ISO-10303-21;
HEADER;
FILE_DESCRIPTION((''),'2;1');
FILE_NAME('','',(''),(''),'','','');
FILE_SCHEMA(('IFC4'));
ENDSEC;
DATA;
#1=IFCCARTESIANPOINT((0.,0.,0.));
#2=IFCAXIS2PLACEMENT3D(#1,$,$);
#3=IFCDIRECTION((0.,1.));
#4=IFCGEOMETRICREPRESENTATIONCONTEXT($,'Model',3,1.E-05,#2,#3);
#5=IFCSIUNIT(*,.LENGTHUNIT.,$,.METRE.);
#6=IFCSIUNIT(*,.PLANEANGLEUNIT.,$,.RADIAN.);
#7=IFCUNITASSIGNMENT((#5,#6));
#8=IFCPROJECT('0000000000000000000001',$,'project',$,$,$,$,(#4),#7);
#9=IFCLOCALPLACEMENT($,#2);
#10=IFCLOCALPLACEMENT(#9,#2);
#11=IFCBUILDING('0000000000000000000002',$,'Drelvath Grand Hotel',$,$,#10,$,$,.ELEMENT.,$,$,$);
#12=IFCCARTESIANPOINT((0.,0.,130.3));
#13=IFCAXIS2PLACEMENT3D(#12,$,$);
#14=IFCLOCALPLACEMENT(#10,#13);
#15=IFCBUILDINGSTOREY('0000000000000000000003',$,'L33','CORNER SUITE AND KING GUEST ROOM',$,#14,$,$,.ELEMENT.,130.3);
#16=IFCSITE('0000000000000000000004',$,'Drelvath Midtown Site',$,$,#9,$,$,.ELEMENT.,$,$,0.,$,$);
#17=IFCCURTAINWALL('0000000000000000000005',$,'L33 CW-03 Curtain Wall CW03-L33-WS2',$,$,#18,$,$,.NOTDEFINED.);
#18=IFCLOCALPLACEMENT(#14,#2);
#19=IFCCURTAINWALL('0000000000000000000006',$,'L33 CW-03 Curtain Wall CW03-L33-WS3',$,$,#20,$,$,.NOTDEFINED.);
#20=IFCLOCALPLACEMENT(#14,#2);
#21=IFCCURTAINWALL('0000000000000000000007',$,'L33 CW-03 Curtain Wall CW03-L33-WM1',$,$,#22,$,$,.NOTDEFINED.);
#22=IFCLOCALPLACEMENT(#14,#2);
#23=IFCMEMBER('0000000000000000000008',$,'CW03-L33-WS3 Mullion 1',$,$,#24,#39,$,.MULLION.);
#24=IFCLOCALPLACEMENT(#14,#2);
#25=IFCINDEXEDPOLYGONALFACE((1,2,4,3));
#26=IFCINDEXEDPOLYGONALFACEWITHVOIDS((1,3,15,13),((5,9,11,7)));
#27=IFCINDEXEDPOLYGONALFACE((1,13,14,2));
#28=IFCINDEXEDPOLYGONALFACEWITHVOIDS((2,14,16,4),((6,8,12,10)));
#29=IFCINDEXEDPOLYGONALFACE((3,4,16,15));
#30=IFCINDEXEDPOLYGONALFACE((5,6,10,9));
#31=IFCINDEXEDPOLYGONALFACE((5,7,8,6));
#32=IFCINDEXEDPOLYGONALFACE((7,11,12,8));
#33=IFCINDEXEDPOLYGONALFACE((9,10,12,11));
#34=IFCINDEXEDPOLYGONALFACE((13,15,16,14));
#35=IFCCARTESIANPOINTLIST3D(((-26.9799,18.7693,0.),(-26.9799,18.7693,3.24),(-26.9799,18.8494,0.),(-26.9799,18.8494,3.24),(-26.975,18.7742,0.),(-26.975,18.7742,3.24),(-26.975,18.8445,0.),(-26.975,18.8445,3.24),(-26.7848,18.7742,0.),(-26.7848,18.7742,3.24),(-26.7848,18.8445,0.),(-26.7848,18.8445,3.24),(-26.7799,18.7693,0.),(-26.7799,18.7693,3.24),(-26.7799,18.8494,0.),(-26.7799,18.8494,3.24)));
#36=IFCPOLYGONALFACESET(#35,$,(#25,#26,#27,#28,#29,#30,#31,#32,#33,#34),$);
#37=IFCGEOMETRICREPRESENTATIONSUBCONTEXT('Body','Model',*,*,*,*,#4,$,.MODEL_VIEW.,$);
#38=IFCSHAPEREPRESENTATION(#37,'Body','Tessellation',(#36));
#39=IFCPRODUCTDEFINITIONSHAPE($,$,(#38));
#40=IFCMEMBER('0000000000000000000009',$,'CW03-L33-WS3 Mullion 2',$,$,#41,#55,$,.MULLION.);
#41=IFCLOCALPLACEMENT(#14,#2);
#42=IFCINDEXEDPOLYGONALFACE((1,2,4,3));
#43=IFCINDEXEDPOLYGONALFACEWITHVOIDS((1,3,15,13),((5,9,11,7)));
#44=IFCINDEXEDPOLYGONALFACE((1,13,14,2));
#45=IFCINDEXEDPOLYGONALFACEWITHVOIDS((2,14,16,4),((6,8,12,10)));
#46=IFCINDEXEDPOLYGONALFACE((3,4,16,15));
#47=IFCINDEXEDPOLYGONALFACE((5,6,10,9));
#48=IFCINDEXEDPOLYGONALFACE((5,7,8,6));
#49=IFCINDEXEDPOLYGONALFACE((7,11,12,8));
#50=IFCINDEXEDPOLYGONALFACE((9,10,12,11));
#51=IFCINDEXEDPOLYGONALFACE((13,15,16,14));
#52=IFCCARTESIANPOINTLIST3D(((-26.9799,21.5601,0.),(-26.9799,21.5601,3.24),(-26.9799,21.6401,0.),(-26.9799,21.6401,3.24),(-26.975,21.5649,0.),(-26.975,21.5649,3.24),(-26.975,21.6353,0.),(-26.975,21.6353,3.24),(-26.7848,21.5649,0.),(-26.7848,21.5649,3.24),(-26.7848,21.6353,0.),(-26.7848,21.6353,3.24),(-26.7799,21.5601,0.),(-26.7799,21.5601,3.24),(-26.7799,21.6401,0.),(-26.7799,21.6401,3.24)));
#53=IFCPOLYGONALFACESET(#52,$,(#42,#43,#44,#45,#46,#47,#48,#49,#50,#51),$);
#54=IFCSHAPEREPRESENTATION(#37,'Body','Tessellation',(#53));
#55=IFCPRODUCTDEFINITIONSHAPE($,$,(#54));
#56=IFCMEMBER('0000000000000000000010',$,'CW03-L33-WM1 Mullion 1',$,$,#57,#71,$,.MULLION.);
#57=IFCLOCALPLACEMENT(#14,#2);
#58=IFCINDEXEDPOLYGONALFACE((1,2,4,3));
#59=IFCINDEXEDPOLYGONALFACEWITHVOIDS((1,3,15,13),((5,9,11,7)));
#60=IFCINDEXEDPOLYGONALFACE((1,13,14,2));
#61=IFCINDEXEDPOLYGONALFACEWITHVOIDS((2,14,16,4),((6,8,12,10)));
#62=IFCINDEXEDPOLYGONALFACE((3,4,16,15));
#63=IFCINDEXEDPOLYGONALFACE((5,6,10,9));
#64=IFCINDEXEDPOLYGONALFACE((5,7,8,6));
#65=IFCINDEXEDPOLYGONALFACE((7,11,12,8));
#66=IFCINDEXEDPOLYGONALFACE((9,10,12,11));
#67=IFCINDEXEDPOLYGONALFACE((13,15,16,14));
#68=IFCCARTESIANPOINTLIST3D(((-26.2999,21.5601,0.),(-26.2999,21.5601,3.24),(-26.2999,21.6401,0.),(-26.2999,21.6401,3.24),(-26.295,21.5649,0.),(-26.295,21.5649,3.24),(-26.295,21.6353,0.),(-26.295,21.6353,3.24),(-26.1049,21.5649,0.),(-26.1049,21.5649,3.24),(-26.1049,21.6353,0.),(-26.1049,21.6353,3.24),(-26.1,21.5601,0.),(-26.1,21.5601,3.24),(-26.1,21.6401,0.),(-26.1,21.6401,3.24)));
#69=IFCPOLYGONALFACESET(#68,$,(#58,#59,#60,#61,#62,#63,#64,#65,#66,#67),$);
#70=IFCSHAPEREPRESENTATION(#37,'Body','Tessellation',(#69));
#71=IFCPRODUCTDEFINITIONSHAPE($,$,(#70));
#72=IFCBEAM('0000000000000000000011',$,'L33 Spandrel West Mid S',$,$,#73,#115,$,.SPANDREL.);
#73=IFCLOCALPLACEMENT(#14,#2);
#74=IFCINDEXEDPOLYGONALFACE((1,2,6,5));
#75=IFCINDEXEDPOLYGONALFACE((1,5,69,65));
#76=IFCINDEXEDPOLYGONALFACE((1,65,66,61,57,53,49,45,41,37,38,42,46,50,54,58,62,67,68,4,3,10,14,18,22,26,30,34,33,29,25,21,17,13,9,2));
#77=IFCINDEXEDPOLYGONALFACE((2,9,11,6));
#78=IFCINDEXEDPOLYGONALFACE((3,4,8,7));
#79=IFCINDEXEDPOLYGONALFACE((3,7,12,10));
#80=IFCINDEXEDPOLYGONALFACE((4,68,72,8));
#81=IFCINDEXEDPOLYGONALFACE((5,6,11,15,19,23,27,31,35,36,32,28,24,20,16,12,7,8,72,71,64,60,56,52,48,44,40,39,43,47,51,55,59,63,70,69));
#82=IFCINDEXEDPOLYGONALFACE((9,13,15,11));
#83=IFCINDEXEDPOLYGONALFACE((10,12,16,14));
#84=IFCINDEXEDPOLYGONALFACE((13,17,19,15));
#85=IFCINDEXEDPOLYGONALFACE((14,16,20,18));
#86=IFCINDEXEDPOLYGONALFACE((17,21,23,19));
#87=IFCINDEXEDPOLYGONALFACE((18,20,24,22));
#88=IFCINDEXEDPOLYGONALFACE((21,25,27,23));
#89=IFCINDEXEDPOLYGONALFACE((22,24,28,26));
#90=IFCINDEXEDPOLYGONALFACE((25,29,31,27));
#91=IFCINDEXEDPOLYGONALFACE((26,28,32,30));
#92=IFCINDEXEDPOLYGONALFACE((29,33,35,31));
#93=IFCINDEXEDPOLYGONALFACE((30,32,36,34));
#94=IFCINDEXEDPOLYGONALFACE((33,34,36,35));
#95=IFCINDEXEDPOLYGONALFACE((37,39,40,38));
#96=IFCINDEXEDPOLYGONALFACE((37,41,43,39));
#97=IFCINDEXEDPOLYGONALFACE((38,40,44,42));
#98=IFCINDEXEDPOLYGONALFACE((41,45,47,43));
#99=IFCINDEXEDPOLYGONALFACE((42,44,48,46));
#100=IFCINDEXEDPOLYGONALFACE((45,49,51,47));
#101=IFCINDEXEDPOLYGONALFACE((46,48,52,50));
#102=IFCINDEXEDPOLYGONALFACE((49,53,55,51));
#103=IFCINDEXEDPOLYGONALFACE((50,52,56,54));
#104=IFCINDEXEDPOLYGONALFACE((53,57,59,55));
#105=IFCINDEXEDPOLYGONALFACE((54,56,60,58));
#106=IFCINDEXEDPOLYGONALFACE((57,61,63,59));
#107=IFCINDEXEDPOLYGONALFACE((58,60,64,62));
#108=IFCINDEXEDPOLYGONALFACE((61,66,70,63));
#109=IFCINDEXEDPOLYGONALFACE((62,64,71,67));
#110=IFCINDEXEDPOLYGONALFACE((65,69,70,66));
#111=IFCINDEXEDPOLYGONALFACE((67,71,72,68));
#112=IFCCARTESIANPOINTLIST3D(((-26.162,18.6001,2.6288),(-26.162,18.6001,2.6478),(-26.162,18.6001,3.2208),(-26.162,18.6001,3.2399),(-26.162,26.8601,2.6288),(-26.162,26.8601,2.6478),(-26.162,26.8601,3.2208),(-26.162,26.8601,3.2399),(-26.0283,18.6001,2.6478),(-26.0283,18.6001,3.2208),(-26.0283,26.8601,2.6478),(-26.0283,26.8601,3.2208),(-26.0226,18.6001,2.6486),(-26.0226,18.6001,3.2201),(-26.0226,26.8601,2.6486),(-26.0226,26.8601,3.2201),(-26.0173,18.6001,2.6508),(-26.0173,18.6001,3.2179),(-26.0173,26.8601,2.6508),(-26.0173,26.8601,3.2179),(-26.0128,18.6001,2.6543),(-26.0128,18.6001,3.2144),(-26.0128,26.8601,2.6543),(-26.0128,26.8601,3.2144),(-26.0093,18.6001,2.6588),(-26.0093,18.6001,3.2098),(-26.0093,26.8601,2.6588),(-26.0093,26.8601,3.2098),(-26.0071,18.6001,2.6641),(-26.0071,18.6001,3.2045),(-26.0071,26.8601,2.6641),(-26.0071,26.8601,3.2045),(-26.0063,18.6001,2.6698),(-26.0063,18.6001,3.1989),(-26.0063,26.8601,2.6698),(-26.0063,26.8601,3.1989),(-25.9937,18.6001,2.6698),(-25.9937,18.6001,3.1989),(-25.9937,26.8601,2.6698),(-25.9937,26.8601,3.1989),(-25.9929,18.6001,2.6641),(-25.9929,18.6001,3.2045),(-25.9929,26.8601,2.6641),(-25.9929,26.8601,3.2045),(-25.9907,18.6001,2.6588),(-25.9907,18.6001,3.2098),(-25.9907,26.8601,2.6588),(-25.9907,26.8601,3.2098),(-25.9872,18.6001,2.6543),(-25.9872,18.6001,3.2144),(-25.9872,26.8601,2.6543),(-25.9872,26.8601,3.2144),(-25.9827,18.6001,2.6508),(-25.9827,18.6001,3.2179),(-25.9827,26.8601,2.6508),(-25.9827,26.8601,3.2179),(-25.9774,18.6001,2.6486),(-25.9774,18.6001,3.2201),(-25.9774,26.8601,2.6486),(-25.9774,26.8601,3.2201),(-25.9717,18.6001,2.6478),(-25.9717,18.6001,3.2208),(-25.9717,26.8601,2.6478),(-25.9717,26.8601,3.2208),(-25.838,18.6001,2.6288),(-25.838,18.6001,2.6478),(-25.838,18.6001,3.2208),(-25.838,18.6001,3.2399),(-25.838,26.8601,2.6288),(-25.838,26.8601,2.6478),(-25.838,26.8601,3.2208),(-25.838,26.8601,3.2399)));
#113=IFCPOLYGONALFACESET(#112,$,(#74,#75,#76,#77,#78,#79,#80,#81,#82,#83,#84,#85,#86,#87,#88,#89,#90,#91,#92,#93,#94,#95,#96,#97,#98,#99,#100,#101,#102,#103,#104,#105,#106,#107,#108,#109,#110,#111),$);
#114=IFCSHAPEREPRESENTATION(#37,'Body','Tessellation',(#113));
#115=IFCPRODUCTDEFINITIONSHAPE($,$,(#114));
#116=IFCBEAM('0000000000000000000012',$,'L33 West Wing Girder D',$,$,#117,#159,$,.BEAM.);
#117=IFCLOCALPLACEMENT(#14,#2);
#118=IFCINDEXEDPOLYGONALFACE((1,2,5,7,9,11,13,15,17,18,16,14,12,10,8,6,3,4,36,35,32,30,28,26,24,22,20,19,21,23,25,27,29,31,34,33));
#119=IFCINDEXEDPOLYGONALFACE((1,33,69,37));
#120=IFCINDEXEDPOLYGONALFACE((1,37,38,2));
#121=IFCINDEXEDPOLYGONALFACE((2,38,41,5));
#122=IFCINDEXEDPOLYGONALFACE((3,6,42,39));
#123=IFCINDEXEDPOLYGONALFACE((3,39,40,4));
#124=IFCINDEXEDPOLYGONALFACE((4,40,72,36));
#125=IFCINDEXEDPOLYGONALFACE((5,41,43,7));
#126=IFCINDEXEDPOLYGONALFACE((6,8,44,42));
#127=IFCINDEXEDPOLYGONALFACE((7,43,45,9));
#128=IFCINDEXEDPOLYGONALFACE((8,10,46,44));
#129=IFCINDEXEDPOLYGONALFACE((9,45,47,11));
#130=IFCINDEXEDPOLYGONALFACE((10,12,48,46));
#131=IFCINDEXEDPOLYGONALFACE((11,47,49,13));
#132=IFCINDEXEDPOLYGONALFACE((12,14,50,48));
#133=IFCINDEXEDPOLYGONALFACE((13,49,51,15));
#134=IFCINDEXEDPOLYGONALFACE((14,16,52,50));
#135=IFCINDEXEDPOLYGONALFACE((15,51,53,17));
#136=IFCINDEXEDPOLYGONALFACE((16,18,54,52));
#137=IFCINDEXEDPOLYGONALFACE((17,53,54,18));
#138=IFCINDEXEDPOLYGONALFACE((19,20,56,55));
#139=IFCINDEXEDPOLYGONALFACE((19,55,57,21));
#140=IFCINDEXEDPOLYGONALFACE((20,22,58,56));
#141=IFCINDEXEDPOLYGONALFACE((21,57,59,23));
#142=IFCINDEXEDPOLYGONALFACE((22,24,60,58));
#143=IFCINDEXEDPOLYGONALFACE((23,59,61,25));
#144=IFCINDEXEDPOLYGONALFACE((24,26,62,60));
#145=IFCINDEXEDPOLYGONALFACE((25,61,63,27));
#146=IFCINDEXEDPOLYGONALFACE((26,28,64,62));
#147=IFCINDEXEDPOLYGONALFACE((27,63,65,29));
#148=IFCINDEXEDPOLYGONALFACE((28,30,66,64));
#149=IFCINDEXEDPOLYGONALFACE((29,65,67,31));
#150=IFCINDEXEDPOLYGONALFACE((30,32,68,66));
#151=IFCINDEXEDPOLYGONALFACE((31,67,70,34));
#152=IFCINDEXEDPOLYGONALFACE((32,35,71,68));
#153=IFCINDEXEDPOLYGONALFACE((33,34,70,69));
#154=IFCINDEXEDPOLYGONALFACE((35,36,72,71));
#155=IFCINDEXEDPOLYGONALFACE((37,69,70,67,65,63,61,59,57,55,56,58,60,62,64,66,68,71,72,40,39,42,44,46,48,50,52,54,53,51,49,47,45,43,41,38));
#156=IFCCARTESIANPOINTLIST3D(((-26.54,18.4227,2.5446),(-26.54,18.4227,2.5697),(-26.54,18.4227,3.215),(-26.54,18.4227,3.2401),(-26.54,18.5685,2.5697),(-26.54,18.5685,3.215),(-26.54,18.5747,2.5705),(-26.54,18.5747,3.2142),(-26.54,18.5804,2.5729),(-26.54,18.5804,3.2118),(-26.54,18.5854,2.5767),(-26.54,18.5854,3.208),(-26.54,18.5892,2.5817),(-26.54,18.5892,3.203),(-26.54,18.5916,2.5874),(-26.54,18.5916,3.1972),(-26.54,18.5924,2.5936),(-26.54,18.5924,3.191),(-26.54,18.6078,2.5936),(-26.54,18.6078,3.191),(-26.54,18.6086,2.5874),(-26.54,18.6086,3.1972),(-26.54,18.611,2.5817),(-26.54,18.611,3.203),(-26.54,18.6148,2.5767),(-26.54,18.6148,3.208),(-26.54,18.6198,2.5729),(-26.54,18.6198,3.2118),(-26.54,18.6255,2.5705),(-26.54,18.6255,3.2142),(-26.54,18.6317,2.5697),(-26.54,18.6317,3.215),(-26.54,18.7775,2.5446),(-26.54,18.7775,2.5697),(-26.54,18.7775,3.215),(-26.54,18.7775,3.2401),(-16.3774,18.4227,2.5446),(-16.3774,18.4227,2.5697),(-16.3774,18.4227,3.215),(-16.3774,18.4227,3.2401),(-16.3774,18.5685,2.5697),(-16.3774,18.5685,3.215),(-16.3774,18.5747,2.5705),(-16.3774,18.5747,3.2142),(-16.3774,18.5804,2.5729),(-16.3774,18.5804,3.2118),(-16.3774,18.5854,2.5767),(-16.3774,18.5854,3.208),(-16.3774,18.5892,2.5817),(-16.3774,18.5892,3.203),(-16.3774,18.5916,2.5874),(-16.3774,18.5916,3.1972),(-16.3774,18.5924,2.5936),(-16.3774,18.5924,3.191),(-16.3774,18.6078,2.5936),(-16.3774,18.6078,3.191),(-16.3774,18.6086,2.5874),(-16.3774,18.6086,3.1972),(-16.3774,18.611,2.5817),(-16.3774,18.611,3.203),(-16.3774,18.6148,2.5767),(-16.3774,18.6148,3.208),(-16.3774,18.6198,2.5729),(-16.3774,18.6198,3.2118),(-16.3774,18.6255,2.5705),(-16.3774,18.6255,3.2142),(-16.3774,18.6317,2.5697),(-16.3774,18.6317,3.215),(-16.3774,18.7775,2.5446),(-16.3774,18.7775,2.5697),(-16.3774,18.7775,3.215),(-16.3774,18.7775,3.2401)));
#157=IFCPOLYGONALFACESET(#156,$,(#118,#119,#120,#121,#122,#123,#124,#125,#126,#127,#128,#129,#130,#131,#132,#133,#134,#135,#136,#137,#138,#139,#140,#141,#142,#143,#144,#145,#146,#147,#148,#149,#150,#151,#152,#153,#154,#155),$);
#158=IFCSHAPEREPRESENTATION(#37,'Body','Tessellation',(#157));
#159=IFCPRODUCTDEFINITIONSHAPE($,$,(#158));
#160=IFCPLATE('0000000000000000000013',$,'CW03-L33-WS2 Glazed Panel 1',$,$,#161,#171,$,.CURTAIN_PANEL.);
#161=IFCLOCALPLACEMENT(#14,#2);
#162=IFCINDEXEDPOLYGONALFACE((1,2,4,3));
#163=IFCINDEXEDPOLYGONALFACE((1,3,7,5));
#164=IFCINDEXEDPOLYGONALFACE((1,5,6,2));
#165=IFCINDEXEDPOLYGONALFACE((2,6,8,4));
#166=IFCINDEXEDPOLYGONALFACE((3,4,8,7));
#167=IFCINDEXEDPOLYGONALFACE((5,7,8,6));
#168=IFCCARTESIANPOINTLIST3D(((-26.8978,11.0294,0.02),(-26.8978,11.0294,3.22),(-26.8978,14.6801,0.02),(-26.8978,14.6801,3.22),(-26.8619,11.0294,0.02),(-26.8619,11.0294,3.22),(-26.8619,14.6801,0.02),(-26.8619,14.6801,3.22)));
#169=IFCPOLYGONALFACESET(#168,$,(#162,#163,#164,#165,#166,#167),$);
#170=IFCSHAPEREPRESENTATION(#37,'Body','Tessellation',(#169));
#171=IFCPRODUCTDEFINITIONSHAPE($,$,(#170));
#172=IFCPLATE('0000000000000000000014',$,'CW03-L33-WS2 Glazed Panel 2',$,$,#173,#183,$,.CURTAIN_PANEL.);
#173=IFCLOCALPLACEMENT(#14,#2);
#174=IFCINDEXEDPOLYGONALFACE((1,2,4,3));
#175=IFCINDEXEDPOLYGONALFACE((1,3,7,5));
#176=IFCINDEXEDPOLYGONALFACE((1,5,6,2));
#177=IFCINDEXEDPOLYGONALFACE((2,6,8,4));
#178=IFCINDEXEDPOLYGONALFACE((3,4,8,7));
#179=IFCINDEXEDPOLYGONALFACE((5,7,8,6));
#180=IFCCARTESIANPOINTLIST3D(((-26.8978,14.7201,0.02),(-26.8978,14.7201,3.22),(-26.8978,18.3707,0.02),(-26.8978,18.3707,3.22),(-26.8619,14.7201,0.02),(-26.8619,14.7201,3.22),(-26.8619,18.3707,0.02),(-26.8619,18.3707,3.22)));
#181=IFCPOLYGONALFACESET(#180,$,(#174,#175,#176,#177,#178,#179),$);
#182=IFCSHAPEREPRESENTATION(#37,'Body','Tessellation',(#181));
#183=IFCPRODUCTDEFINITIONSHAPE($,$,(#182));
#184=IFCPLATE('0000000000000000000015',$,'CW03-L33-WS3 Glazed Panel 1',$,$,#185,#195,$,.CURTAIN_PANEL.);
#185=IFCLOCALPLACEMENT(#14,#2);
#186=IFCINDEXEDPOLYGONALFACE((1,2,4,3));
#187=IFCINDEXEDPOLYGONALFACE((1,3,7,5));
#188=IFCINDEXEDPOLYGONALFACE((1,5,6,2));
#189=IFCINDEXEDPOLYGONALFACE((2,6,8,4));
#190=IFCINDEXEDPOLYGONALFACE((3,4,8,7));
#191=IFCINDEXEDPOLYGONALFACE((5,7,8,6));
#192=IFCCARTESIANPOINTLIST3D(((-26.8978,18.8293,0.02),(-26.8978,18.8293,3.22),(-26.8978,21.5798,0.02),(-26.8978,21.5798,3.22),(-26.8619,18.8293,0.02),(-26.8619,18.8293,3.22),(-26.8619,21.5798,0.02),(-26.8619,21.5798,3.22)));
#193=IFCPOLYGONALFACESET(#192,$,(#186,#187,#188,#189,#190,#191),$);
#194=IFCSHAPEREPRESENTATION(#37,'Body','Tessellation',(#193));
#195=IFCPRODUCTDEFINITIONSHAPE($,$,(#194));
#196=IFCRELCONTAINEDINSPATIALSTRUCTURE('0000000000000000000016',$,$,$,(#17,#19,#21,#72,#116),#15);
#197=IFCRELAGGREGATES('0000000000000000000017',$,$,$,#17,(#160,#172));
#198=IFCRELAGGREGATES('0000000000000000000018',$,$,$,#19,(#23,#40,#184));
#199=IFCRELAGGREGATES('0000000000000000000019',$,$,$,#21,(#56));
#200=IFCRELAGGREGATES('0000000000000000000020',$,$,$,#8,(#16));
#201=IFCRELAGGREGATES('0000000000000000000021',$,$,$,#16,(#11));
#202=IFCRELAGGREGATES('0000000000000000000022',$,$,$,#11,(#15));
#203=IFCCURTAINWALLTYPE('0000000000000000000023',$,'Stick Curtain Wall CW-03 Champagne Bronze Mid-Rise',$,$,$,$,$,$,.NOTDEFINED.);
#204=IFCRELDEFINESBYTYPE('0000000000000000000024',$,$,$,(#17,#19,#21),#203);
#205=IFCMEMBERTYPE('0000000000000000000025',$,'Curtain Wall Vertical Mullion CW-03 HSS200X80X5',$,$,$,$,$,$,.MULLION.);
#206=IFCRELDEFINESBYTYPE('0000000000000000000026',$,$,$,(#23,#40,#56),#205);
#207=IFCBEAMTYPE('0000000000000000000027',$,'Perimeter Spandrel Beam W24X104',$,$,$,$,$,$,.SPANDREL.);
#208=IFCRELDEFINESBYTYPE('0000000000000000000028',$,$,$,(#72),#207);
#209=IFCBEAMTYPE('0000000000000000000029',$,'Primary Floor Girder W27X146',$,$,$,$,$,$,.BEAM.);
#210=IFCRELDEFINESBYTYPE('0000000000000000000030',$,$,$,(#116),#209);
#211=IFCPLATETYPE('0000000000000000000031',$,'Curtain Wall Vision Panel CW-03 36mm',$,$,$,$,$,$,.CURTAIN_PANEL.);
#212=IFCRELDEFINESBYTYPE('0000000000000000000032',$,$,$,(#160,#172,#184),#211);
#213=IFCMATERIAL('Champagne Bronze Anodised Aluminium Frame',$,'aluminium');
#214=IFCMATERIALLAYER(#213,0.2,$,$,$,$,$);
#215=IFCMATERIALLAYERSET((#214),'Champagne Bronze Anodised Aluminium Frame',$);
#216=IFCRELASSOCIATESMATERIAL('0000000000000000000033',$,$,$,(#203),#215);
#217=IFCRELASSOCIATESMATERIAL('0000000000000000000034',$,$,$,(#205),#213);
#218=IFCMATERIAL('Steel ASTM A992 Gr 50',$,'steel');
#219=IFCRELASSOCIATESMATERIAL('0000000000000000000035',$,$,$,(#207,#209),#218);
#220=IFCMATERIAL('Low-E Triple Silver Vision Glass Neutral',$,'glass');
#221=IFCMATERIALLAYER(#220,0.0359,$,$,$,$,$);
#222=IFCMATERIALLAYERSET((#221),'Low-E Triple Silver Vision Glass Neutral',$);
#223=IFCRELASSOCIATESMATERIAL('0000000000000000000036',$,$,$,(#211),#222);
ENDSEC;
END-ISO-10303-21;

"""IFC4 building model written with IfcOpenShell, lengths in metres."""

from ifc_helpers import new_model, si_unit, direction, frame, origin, origin_2d, place, context, subcontext, project, spatial, rectangle, hollow_rectangle, i_section, extrude, material, layer, layer_set, material_profile, profile_set, type_object, element, aggregate, save


model = new_model("IFC4")

# Units and contexts
model_context = context("Model", 3, precision=1e-05, world=origin(), true_north=direction((0.0, 1.0)))
body_context = subcontext(model_context, "Body", "Model", "MODEL_VIEW")
ifc_project = project(units=[si_unit("LENGTHUNIT", "METRE"), si_unit("PLANEANGLEUNIT", "RADIAN")], contexts=[model_context])

# Site, building, storey
site_placement = place(None, origin())
site = spatial("IfcSite", under=ifc_project, at=site_placement, Name="Drelvath Midtown Site", CompositionType="ELEMENT", RefElevation=0.0)
building_placement = place(site_placement, origin())
building = spatial("IfcBuilding", under=site, at=building_placement, Name="Drelvath Grand Hotel", CompositionType="ELEMENT")
storey_placement = place(building_placement, frame((0.0, 0.0, 130.3)))
storey = spatial("IfcBuildingStorey", under=building, at=storey_placement, Name="L33", Description="CORNER SUITE AND KING GUEST ROOM", CompositionType="ELEMENT", Elevation=130.3)

# Shared definitions
ifc_material_1 = material(Name="Steel ASTM A992 Gr 50", Category="steel")

# Curtain walls
ifc_material_2 = material(Name="Champagne Bronze Anodised Aluminium Frame", Category="aluminium")
ifc_layer_1 = layer(ifc_material_2, 0.2)
ifc_layer_set_1 = layer_set([ifc_layer_1], Name="Champagne Bronze Anodised Aluminium Frame")
curtain_wall_type = type_object("IfcCurtainWallType", Name="Stick Curtain Wall CW-03 Champagne Bronze Mid-Rise", PredefinedType="NOTDEFINED", material=ifc_layer_set_1)
curtain_wall_1_placement = place(storey_placement, origin())
curtain_wall_1 = element("IfcCurtainWall", 1, at=curtain_wall_1_placement, inside=storey, type_object=curtain_wall_type, Name="L33 CW-03 Curtain Wall CW03-L33-WS2", PredefinedType="NOTDEFINED")
curtain_wall_2_placement = place(storey_placement, origin())
curtain_wall_2 = element("IfcCurtainWall", 2, at=curtain_wall_2_placement, inside=storey, type_object=curtain_wall_type, Name="L33 CW-03 Curtain Wall CW03-L33-WS3", PredefinedType="NOTDEFINED")
curtain_wall_3_placement = place(storey_placement, origin())
curtain_wall_3 = element("IfcCurtainWall", 3, at=curtain_wall_3_placement, inside=storey, type_object=curtain_wall_type, Name="L33 CW-03 Curtain Wall CW03-L33-WM1", PredefinedType="NOTDEFINED")

# Members
ifc_material_profile_1 = material_profile(ifc_material_2, hollow_rectangle(XDim=0.0801, YDim=0.2, WallThickness=0.0049, at=origin_2d()), Name="HSS200X80X5")
ifc_profile_set_1 = profile_set([ifc_material_profile_1], Name="Champagne Bronze Anodised Aluminium Frame")
member_type_1 = type_object("IfcMemberType", Name="Curtain Wall Vertical Mullion CW-03 HSS200X80X5", PredefinedType="MULLION", material=ifc_profile_set_1)
member_1_placement = place(storey_placement, frame((-26.8799, 18.8093, 0.0), z_axis=(0.0, 0.0, 1.0), x_axis=(0.0, 1.0, 0.0)))
member_1 = element("IfcMember", 4, at=member_1_placement, type_object=member_type_1, Name="CW03-L33-WS3 Mullion 1", PredefinedType="MULLION", context=body_context, shape_type="SweptSolid", body=[
    extrude(hollow_rectangle(XDim=0.0801, YDim=0.2, WallThickness=0.0049, at=origin_2d()), origin(), (0.0, 0.0, 1.0), 3.24),
])
member_2_placement = place(storey_placement, frame((-26.8799, 21.6001, 0.0), z_axis=(0.0, 0.0, 1.0), x_axis=(0.0, 1.0, 0.0)))
member_2 = element("IfcMember", 5, at=member_2_placement, type_object=member_type_1, Name="CW03-L33-WS3 Mullion 2", PredefinedType="MULLION", context=body_context, shape_type="SweptSolid", body=[
    extrude(hollow_rectangle(XDim=0.0801, YDim=0.2, WallThickness=0.0049, at=origin_2d()), origin(), (0.0, 0.0, 1.0), 3.24),
])
member_3_placement = place(storey_placement, frame((-26.2, 21.6001, 0.0), z_axis=(0.0, 0.0, 1.0), x_axis=(0.0, 1.0, 0.0)))
member_3 = element("IfcMember", 6, at=member_3_placement, type_object=member_type_1, Name="CW03-L33-WM1 Mullion 1", PredefinedType="MULLION", context=body_context, shape_type="SweptSolid", body=[
    extrude(hollow_rectangle(XDim=0.0801, YDim=0.2, WallThickness=0.0049, at=origin_2d()), origin(), (0.0, 0.0, 1.0), 3.24),
])

# Beams
ifc_material_profile_2 = material_profile(ifc_material_1, i_section(OverallWidth=0.324, OverallDepth=0.6111, WebThickness=0.0127, FlangeThickness=0.019, FilletRadius=0.022, at=origin_2d()), Name="W24X104")
ifc_profile_set_2 = profile_set([ifc_material_profile_2], Name="Steel ASTM A992 Gr 50")
beam_type_1 = type_object("IfcBeamType", Name="Perimeter Spandrel Beam W24X104", PredefinedType="SPANDREL", material=ifc_profile_set_2)
beam_1_placement = place(storey_placement, frame((-26.0, 18.6001, 2.9343), z_axis=(0.0, 1.0, 0.0), x_axis=(-1.0, 0.0, 0.0)))
element("IfcBeam", 7, at=beam_1_placement, inside=storey, type_object=beam_type_1, Name="L33 Spandrel West Mid S", PredefinedType="SPANDREL", context=body_context, shape_type="SweptSolid", body=[
    extrude(i_section(OverallWidth=0.324, OverallDepth=0.6111, WebThickness=0.0127, FlangeThickness=0.019, FilletRadius=0.022, at=origin_2d()), origin(), (0.0, 0.0, 1.0), 8.26),
])
ifc_material_profile_3 = material_profile(ifc_material_1, i_section(OverallWidth=0.3547, OverallDepth=0.6956, WebThickness=0.0154, FlangeThickness=0.0251, FilletRadius=0.0239, at=origin_2d()), Name="W27X146")
ifc_profile_set_3 = profile_set([ifc_material_profile_3], Name="Steel ASTM A992 Gr 50")
beam_type_2 = type_object("IfcBeamType", Name="Primary Floor Girder W27X146", PredefinedType="BEAM", material=ifc_profile_set_3)
beam_2_placement = place(storey_placement, frame((-26.54, 18.6001, 2.8923), z_axis=(1.0, 0.0, 0.0), x_axis=(0.0, 1.0, 0.0)))
element("IfcBeam", 8, at=beam_2_placement, inside=storey, type_object=beam_type_2, Name="L33 West Wing Girder D", PredefinedType="BEAM", context=body_context, shape_type="SweptSolid", body=[
    extrude(i_section(OverallWidth=0.3547, OverallDepth=0.6956, WebThickness=0.0154, FlangeThickness=0.0251, FilletRadius=0.0239, at=origin_2d()), origin(), (0.0, 0.0, 1.0), 10.1626),
])

# Plates
ifc_material_3 = material(Name="Low-E Triple Silver Vision Glass Neutral", Category="glass")
ifc_layer_2 = layer(ifc_material_3, 0.0359)
ifc_layer_set_2 = layer_set([ifc_layer_2], Name="Low-E Triple Silver Vision Glass Neutral")
plate_type = type_object("IfcPlateType", Name="Curtain Wall Vision Panel CW-03 36mm", PredefinedType="CURTAIN_PANEL", material=ifc_layer_set_2)
plate_1_placement = place(storey_placement, frame((-26.8799, 12.8547, 0.02), z_axis=(0.0, 0.0, 1.0), x_axis=(0.0, 1.0, 0.0)))
plate_1 = element("IfcPlate", 9, at=plate_1_placement, type_object=plate_type, Name="CW03-L33-WS2 Glazed Panel 1", PredefinedType="CURTAIN_PANEL", context=body_context, shape_type="SweptSolid", body=[
    extrude(rectangle(XDim=3.6506, YDim=0.0359, at=origin_2d()), origin(), (0.0, 0.0, 1.0), 3.2),
])
plate_2_placement = place(storey_placement, frame((-26.8799, 16.5454, 0.02), z_axis=(0.0, 0.0, 1.0), x_axis=(0.0, 1.0, 0.0)))
plate_2 = element("IfcPlate", 10, at=plate_2_placement, type_object=plate_type, Name="CW03-L33-WS2 Glazed Panel 2", PredefinedType="CURTAIN_PANEL", context=body_context, shape_type="SweptSolid", body=[
    extrude(rectangle(XDim=3.6506, YDim=0.0359, at=origin_2d()), origin(), (0.0, 0.0, 1.0), 3.2),
])
aggregate(curtain_wall_1, [plate_1, plate_2])
plate_3_placement = place(storey_placement, frame((-26.8799, 20.2046, 0.02), z_axis=(0.0, 0.0, 1.0), x_axis=(0.0, 1.0, 0.0)))
plate_3 = element("IfcPlate", 11, at=plate_3_placement, type_object=plate_type, Name="CW03-L33-WS3 Glazed Panel 1", PredefinedType="CURTAIN_PANEL", context=body_context, shape_type="SweptSolid", body=[
    extrude(rectangle(XDim=2.7505, YDim=0.0359, at=origin_2d()), origin(), (0.0, 0.0, 1.0), 3.2),
])
aggregate(curtain_wall_2, [member_1, member_2, plate_3])
aggregate(curtain_wall_3, [member_3])

save(model, "model.ifc")
